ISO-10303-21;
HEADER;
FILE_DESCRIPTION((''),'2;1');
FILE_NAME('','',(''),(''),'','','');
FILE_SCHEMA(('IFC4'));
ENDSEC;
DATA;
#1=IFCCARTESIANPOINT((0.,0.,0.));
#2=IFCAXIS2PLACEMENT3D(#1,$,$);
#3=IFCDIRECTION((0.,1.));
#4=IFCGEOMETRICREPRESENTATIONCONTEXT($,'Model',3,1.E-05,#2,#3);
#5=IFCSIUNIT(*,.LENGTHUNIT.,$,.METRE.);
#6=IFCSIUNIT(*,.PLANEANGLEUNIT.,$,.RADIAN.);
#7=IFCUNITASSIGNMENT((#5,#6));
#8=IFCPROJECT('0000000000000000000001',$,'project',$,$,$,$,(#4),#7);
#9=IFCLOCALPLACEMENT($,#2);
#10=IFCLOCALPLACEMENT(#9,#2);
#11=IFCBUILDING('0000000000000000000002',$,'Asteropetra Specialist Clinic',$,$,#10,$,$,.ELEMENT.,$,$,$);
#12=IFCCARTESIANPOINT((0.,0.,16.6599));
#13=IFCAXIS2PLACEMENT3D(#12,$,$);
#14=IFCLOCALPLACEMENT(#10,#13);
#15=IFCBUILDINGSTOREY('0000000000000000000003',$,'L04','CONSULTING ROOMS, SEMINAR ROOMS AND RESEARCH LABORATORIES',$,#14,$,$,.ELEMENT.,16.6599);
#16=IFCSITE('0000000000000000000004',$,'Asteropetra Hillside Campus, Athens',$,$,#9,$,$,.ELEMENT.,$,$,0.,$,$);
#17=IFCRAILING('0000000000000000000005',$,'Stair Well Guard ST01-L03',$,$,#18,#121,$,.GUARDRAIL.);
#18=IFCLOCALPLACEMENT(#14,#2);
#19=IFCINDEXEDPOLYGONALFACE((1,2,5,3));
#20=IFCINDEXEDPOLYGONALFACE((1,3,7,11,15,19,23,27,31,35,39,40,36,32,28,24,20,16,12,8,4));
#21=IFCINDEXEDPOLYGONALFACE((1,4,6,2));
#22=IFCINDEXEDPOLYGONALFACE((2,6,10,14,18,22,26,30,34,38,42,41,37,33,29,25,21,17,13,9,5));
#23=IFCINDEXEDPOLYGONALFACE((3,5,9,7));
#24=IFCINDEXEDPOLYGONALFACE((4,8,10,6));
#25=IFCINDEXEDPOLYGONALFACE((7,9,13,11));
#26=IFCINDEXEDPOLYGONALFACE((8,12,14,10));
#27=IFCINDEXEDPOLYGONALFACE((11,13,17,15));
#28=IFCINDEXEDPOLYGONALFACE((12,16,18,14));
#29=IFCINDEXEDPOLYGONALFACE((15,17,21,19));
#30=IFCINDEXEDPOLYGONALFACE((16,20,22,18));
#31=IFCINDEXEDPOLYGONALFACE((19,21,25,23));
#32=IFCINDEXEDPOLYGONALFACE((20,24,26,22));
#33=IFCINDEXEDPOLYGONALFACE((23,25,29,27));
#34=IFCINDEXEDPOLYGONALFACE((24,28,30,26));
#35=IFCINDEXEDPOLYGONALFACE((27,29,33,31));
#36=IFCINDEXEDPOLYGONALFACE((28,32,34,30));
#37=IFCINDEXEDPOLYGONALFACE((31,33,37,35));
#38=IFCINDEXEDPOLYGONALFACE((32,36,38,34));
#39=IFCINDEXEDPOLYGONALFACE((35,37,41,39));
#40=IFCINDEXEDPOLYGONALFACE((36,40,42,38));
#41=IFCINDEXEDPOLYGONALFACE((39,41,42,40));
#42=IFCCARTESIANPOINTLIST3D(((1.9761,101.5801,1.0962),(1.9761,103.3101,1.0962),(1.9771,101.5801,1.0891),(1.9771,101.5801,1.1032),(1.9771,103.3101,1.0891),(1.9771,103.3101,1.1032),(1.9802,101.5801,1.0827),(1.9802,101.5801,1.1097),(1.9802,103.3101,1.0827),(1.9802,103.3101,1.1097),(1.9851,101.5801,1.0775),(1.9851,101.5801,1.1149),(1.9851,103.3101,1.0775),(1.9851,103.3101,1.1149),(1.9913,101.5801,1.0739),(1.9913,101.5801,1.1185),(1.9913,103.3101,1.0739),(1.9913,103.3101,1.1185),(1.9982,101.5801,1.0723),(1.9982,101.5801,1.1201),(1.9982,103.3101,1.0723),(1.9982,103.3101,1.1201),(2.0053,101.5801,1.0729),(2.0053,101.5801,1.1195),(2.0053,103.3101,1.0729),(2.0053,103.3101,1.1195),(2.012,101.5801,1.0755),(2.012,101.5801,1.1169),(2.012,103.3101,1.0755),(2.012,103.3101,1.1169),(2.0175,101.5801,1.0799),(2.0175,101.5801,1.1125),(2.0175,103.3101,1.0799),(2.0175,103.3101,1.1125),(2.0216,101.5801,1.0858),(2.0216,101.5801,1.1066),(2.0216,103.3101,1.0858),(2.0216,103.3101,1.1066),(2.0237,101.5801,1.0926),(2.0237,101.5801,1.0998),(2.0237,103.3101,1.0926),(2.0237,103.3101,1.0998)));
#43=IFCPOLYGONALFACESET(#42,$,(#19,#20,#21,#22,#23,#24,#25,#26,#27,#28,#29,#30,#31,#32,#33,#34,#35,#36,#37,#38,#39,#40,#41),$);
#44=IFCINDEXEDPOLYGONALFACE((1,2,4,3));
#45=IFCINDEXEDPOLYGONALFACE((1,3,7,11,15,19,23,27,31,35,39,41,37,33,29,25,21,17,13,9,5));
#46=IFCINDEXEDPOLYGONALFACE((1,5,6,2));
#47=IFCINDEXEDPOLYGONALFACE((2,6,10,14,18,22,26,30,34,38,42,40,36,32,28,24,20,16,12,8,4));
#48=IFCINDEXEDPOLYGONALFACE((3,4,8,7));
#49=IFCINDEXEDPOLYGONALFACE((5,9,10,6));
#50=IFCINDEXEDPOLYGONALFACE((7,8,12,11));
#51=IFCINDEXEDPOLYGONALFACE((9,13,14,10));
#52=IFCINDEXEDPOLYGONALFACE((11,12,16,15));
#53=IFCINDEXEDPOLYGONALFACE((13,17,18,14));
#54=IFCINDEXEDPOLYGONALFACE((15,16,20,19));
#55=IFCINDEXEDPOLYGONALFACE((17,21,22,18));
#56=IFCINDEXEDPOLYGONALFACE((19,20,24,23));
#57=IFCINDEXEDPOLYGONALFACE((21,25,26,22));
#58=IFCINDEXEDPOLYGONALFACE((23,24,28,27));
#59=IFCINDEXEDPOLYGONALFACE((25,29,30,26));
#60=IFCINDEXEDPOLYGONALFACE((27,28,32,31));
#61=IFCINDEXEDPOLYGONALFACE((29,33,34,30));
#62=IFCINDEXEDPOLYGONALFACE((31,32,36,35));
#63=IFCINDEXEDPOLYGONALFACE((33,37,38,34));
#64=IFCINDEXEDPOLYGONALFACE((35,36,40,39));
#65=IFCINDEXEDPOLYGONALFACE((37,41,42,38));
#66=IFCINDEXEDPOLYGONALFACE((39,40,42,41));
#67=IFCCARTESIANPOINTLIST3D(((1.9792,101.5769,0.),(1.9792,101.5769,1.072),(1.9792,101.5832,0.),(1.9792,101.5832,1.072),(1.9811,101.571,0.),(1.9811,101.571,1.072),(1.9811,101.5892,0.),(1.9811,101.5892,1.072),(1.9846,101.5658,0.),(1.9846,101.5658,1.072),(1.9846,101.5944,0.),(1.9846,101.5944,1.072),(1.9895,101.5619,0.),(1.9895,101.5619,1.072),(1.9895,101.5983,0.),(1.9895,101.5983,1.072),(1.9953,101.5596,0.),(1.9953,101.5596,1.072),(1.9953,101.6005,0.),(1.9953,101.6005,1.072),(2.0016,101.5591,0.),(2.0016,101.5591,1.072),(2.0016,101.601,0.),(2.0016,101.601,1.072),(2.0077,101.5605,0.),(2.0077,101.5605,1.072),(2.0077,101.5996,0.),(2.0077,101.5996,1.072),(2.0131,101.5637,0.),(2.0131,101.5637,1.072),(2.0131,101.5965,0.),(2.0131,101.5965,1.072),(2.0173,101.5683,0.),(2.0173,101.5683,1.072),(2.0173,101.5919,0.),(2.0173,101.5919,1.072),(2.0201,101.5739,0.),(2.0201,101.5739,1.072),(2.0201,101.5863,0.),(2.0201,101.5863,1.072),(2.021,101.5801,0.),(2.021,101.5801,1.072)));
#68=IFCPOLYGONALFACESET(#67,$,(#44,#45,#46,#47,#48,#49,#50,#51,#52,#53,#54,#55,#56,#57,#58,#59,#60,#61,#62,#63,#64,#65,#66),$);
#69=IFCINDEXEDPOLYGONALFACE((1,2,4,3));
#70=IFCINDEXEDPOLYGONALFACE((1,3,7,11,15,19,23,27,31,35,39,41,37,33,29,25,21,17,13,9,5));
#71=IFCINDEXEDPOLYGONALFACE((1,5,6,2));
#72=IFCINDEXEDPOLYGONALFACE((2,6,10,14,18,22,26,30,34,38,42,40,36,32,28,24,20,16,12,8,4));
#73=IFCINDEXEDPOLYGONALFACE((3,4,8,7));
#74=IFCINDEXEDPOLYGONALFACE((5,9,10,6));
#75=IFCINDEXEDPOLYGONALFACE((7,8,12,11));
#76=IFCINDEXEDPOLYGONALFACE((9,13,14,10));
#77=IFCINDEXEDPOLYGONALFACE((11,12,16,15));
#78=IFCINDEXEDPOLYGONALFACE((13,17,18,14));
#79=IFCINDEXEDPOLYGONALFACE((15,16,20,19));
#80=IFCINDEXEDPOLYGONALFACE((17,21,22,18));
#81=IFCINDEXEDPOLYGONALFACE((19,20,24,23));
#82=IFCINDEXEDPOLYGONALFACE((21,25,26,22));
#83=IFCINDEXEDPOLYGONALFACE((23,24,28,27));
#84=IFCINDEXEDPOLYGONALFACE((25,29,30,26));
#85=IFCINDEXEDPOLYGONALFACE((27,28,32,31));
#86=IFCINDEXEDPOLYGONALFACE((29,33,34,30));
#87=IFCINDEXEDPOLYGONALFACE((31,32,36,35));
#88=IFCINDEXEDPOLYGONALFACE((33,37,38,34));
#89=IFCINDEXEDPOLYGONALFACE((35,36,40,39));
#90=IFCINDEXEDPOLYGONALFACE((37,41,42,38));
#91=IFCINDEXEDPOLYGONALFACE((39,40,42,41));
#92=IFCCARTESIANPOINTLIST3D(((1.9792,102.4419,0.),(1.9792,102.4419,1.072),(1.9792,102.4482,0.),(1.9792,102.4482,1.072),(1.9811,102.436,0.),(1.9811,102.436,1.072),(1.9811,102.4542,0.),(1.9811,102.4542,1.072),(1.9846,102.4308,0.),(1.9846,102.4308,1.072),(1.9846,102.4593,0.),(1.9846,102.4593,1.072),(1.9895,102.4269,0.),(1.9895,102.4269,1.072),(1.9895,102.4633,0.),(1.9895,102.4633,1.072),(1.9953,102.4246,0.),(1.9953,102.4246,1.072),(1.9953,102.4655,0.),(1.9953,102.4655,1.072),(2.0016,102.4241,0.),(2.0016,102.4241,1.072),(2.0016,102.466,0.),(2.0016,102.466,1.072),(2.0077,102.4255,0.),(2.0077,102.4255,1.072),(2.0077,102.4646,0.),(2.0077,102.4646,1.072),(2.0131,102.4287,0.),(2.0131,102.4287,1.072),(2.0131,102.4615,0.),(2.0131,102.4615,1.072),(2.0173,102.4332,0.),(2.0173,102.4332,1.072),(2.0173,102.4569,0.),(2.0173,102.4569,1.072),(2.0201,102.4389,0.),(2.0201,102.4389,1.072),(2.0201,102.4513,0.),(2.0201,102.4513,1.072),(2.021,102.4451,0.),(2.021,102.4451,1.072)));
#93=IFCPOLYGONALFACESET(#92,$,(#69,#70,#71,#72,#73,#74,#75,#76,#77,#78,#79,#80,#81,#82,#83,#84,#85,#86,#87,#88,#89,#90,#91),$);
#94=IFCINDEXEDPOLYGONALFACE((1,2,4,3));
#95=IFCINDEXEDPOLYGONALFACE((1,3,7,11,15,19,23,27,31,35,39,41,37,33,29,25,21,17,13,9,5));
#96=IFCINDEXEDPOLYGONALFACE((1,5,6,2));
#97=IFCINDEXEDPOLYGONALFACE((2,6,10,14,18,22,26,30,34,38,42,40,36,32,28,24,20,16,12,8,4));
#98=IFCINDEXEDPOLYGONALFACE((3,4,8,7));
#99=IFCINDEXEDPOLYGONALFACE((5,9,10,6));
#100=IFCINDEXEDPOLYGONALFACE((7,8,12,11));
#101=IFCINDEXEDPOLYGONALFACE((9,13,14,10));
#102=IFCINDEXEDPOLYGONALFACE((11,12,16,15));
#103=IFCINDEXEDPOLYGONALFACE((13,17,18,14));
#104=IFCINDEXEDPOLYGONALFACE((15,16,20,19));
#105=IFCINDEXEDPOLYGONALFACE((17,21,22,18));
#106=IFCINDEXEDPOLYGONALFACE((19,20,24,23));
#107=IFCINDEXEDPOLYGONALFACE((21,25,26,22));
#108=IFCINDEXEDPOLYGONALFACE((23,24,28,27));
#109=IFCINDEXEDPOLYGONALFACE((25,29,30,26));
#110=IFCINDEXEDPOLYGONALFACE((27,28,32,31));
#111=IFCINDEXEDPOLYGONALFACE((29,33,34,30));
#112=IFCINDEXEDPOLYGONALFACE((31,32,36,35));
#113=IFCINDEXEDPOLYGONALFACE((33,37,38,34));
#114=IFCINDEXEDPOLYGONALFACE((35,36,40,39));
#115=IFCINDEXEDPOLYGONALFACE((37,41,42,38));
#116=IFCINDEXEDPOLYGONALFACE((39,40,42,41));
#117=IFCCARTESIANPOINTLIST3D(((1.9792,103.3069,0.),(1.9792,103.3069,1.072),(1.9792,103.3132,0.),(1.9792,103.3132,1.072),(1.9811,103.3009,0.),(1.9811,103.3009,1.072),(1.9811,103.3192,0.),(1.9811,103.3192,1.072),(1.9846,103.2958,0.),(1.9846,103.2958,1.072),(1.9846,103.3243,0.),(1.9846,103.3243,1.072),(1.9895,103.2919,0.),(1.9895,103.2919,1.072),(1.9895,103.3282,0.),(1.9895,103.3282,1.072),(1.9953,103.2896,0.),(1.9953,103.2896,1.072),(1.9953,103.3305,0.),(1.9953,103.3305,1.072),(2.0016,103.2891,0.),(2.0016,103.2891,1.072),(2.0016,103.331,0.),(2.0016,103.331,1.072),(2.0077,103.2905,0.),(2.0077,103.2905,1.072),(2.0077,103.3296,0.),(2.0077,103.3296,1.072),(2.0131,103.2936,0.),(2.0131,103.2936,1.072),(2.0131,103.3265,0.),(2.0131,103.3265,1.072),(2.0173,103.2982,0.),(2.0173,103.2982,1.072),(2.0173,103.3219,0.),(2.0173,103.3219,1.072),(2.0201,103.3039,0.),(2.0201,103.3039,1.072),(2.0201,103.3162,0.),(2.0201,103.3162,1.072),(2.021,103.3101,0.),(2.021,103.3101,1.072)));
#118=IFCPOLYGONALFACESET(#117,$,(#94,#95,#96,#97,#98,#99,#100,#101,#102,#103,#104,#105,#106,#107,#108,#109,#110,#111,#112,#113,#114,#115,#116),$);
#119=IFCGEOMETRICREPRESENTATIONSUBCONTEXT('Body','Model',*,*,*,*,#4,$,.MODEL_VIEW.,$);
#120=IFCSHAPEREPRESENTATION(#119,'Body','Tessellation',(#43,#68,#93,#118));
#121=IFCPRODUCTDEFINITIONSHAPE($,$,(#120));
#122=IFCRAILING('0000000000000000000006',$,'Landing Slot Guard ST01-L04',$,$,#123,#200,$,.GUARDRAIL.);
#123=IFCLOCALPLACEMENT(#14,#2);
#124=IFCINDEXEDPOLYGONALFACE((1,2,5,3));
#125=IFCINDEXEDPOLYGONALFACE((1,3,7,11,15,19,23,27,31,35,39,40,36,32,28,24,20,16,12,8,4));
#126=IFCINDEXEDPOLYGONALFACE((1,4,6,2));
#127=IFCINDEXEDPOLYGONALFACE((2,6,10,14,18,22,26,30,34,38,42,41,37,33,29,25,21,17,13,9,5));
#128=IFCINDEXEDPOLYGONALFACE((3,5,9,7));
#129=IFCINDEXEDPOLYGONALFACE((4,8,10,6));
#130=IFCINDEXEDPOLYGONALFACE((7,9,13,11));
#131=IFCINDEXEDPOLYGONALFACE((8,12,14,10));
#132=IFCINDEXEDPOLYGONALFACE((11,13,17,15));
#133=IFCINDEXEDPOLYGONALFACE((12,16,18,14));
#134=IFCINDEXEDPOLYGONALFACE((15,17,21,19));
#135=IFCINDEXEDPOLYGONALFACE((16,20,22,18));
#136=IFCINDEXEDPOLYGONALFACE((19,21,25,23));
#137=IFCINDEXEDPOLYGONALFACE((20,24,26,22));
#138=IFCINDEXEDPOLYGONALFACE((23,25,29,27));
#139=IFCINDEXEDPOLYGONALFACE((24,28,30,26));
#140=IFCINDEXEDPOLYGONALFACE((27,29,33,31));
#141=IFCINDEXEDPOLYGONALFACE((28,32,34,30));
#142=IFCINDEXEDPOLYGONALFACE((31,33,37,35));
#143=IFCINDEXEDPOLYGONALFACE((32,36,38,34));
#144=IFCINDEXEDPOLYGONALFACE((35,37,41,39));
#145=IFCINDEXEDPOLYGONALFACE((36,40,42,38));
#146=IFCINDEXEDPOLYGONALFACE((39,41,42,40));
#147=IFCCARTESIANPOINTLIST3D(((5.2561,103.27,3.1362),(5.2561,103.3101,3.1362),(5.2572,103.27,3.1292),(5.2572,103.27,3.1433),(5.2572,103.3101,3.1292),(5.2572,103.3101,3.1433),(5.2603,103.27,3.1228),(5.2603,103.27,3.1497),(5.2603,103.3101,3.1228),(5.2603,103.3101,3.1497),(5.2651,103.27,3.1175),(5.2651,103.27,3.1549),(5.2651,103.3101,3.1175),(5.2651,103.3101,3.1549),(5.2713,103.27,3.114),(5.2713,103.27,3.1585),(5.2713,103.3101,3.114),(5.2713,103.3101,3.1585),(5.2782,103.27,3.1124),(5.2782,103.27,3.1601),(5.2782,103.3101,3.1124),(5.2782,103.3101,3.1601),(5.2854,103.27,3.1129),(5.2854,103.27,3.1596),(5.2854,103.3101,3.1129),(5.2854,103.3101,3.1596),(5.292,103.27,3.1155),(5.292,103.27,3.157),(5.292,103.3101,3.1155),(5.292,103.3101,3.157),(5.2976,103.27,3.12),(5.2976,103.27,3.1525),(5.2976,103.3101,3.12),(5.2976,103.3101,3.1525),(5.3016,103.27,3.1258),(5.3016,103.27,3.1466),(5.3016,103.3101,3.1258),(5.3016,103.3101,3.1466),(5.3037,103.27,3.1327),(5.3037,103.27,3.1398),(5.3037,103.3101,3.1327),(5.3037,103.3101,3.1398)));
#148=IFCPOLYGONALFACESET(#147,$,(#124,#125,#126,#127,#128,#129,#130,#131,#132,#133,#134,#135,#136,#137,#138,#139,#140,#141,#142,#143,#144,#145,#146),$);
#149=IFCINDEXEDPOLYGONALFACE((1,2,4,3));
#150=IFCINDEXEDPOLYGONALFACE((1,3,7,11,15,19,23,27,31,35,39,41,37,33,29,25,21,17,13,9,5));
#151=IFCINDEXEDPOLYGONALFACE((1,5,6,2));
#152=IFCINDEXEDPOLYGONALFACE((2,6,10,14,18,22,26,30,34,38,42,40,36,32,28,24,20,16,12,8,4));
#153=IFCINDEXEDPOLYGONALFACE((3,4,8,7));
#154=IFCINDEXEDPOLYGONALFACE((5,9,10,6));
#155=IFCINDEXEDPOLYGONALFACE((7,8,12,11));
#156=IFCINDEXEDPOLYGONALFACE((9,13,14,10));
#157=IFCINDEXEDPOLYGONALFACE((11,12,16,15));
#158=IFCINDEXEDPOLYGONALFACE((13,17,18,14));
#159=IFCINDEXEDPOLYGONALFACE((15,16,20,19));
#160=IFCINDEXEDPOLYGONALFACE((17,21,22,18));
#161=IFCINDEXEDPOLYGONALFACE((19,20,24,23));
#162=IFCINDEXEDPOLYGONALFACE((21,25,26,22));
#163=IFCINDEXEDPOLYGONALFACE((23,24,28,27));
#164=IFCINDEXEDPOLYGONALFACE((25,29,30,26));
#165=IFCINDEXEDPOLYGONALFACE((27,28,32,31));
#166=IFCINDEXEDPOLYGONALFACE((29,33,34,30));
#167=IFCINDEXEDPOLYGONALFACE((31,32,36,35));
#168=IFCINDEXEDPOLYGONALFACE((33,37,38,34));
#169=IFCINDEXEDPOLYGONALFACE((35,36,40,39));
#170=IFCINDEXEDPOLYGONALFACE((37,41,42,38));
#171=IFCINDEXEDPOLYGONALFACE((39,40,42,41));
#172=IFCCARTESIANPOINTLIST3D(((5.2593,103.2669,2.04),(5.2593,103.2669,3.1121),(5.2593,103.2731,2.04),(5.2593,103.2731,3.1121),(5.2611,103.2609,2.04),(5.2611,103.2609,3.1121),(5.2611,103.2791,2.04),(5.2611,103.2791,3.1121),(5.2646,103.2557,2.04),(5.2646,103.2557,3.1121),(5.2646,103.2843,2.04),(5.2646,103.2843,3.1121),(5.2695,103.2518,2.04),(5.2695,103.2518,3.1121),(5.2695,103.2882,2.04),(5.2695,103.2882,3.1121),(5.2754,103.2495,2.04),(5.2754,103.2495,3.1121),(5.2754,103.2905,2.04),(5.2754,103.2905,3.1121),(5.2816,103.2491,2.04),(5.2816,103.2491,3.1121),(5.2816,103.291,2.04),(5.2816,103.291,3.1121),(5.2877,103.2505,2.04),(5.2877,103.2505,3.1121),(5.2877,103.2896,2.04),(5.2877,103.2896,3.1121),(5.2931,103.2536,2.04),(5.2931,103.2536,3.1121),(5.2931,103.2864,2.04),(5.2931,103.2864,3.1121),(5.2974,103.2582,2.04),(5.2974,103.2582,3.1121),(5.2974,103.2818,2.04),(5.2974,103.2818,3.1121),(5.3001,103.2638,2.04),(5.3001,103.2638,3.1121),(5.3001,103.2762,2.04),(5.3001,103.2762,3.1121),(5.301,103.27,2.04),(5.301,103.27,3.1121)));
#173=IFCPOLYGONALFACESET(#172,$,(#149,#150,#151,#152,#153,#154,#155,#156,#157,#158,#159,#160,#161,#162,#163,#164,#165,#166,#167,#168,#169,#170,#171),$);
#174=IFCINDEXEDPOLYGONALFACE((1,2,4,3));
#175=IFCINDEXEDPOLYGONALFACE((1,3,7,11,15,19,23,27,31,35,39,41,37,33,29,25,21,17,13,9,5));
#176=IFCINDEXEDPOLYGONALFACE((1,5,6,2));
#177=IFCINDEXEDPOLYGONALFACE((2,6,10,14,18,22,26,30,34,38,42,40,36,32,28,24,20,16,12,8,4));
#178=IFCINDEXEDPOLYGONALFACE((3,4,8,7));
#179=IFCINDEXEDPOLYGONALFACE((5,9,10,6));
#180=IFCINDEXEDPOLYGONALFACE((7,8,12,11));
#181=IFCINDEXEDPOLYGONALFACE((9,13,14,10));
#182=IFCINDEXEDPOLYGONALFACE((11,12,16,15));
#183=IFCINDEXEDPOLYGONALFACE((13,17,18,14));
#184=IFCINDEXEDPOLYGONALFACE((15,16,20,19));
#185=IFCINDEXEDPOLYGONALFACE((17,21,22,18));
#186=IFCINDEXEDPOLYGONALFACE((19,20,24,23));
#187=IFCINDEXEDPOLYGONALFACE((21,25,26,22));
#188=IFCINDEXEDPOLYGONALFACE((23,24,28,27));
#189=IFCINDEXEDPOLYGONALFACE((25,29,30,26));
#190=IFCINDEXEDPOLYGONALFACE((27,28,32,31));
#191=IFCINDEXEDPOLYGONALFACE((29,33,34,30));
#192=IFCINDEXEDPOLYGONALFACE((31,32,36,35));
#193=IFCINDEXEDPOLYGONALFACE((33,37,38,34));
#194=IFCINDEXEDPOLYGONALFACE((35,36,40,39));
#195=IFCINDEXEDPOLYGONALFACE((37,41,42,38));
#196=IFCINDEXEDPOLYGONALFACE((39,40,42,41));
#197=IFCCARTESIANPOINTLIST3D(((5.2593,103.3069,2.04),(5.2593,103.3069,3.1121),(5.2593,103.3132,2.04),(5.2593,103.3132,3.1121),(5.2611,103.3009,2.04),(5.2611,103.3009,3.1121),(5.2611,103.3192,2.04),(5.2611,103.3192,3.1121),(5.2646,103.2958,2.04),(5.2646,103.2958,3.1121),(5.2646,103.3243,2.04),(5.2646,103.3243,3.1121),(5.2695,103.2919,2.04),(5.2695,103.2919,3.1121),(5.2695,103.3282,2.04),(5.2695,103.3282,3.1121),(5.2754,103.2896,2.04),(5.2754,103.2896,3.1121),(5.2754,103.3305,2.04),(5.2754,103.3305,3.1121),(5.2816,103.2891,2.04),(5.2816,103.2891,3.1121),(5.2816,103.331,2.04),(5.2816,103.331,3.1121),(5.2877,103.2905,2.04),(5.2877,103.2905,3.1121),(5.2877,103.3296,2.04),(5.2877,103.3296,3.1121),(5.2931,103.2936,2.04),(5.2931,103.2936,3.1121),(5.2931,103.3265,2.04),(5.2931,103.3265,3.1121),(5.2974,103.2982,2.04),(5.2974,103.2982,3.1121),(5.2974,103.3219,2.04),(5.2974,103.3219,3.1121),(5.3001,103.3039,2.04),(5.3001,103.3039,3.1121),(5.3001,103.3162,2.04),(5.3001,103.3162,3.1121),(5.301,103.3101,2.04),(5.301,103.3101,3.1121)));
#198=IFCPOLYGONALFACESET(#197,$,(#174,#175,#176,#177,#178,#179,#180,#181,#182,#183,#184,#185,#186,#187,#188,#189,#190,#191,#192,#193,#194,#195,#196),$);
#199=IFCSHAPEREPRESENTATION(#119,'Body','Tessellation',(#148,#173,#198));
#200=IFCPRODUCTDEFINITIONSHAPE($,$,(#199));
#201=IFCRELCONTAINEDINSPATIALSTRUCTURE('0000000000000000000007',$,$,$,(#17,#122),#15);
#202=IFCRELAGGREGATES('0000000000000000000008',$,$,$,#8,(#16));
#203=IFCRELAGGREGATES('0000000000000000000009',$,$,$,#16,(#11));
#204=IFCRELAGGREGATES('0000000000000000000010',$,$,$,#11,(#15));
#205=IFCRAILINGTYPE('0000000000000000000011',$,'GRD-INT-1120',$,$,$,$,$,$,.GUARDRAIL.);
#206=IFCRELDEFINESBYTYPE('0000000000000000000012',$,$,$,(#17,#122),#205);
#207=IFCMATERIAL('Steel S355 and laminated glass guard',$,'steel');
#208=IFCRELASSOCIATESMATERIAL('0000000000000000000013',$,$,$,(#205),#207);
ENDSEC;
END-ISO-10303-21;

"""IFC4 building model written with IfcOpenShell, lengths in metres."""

from ifc_helpers import new_model, si_unit, direction, frame, origin, origin_2d, place, context, subcontext, project, spatial, circle, extrude, material, type_object, element, save


model = new_model("IFC4")

# Units and contexts
model_context = context("Model", 3, precision=1e-05, world=origin(), true_north=direction((0.0, 1.0)))
body_context = subcontext(model_context, "Body", "Model", "MODEL_VIEW")
ifc_project = project(units=[si_unit("LENGTHUNIT", "METRE"), si_unit("PLANEANGLEUNIT", "RADIAN")], contexts=[model_context])

# Site, building, storey
site_placement = place(None, origin())
site = spatial("IfcSite", under=ifc_project, at=site_placement, Name="Asteropetra Hillside Campus, Athens", CompositionType="ELEMENT", RefElevation=0.0)
building_placement = place(site_placement, origin())
building = spatial("IfcBuilding", under=site, at=building_placement, Name="Asteropetra Specialist Clinic", CompositionType="ELEMENT")
storey_placement = place(building_placement, frame((0.0, 0.0, 16.6599)))
storey = spatial("IfcBuildingStorey", under=building, at=storey_placement, Name="L04", Description="CONSULTING ROOMS, SEMINAR ROOMS AND RESEARCH LABORATORIES", CompositionType="ELEMENT", Elevation=16.6599)

# Railings
ifc_material_1 = material(Name="Steel S355 and laminated glass guard", Category="steel")
railing_type_1 = type_object("IfcRailingType", Name="GRD-INT-1120", PredefinedType="GUARDRAIL", material=ifc_material_1)
railing_1_placement = place(storey_placement, frame((2.0, 101.5801, 0.0)))
element("IfcRailing", 1, at=railing_1_placement, inside=storey, type_object=railing_type_1, Name="Stair Well Guard ST01-L03", PredefinedType="GUARDRAIL", context=body_context, shape_type="SweptSolid", body=[
    extrude(circle(Radius=0.0239, at=origin_2d()), frame((0.0, 0.0, 1.0962), z_axis=(0.0, 1.0, 0.0), x_axis=(-1.0, 0.0, 0.0)), (0.0, 0.0, 1.0), 1.73),
    extrude(circle(Radius=0.021, at=origin_2d()), origin(), (0.0, 0.0, 1.0), 1.072),
    extrude(circle(Radius=0.021, at=origin_2d()), frame((0.0, 0.865, 0.0)), (0.0, 0.0, 1.0), 1.072),
    extrude(circle(Radius=0.021, at=origin_2d()), frame((0.0, 1.73, 0.0)), (0.0, 0.0, 1.0), 1.072),
])
railing_2_placement = place(storey_placement, frame((5.28, 103.27, 2.04)))
element("IfcRailing", 2, at=railing_2_placement, inside=storey, type_object=railing_type_1, Name="Landing Slot Guard ST01-L04", PredefinedType="GUARDRAIL", context=body_context, shape_type="SweptSolid", body=[
    extrude(circle(Radius=0.0239, at=origin_2d()), frame((0.0, 0.0, 1.0962), z_axis=(0.0, 1.0, 0.0), x_axis=(-1.0, 0.0, 0.0)), (0.0, 0.0, 1.0), 0.04),
    extrude(circle(Radius=0.021, at=origin_2d()), origin(), (0.0, 0.0, 1.0), 1.072),
    extrude(circle(Radius=0.021, at=origin_2d()), frame((0.0, 0.04, 0.0)), (0.0, 0.0, 1.0), 1.072),
])

save(model, "model.ifc")
